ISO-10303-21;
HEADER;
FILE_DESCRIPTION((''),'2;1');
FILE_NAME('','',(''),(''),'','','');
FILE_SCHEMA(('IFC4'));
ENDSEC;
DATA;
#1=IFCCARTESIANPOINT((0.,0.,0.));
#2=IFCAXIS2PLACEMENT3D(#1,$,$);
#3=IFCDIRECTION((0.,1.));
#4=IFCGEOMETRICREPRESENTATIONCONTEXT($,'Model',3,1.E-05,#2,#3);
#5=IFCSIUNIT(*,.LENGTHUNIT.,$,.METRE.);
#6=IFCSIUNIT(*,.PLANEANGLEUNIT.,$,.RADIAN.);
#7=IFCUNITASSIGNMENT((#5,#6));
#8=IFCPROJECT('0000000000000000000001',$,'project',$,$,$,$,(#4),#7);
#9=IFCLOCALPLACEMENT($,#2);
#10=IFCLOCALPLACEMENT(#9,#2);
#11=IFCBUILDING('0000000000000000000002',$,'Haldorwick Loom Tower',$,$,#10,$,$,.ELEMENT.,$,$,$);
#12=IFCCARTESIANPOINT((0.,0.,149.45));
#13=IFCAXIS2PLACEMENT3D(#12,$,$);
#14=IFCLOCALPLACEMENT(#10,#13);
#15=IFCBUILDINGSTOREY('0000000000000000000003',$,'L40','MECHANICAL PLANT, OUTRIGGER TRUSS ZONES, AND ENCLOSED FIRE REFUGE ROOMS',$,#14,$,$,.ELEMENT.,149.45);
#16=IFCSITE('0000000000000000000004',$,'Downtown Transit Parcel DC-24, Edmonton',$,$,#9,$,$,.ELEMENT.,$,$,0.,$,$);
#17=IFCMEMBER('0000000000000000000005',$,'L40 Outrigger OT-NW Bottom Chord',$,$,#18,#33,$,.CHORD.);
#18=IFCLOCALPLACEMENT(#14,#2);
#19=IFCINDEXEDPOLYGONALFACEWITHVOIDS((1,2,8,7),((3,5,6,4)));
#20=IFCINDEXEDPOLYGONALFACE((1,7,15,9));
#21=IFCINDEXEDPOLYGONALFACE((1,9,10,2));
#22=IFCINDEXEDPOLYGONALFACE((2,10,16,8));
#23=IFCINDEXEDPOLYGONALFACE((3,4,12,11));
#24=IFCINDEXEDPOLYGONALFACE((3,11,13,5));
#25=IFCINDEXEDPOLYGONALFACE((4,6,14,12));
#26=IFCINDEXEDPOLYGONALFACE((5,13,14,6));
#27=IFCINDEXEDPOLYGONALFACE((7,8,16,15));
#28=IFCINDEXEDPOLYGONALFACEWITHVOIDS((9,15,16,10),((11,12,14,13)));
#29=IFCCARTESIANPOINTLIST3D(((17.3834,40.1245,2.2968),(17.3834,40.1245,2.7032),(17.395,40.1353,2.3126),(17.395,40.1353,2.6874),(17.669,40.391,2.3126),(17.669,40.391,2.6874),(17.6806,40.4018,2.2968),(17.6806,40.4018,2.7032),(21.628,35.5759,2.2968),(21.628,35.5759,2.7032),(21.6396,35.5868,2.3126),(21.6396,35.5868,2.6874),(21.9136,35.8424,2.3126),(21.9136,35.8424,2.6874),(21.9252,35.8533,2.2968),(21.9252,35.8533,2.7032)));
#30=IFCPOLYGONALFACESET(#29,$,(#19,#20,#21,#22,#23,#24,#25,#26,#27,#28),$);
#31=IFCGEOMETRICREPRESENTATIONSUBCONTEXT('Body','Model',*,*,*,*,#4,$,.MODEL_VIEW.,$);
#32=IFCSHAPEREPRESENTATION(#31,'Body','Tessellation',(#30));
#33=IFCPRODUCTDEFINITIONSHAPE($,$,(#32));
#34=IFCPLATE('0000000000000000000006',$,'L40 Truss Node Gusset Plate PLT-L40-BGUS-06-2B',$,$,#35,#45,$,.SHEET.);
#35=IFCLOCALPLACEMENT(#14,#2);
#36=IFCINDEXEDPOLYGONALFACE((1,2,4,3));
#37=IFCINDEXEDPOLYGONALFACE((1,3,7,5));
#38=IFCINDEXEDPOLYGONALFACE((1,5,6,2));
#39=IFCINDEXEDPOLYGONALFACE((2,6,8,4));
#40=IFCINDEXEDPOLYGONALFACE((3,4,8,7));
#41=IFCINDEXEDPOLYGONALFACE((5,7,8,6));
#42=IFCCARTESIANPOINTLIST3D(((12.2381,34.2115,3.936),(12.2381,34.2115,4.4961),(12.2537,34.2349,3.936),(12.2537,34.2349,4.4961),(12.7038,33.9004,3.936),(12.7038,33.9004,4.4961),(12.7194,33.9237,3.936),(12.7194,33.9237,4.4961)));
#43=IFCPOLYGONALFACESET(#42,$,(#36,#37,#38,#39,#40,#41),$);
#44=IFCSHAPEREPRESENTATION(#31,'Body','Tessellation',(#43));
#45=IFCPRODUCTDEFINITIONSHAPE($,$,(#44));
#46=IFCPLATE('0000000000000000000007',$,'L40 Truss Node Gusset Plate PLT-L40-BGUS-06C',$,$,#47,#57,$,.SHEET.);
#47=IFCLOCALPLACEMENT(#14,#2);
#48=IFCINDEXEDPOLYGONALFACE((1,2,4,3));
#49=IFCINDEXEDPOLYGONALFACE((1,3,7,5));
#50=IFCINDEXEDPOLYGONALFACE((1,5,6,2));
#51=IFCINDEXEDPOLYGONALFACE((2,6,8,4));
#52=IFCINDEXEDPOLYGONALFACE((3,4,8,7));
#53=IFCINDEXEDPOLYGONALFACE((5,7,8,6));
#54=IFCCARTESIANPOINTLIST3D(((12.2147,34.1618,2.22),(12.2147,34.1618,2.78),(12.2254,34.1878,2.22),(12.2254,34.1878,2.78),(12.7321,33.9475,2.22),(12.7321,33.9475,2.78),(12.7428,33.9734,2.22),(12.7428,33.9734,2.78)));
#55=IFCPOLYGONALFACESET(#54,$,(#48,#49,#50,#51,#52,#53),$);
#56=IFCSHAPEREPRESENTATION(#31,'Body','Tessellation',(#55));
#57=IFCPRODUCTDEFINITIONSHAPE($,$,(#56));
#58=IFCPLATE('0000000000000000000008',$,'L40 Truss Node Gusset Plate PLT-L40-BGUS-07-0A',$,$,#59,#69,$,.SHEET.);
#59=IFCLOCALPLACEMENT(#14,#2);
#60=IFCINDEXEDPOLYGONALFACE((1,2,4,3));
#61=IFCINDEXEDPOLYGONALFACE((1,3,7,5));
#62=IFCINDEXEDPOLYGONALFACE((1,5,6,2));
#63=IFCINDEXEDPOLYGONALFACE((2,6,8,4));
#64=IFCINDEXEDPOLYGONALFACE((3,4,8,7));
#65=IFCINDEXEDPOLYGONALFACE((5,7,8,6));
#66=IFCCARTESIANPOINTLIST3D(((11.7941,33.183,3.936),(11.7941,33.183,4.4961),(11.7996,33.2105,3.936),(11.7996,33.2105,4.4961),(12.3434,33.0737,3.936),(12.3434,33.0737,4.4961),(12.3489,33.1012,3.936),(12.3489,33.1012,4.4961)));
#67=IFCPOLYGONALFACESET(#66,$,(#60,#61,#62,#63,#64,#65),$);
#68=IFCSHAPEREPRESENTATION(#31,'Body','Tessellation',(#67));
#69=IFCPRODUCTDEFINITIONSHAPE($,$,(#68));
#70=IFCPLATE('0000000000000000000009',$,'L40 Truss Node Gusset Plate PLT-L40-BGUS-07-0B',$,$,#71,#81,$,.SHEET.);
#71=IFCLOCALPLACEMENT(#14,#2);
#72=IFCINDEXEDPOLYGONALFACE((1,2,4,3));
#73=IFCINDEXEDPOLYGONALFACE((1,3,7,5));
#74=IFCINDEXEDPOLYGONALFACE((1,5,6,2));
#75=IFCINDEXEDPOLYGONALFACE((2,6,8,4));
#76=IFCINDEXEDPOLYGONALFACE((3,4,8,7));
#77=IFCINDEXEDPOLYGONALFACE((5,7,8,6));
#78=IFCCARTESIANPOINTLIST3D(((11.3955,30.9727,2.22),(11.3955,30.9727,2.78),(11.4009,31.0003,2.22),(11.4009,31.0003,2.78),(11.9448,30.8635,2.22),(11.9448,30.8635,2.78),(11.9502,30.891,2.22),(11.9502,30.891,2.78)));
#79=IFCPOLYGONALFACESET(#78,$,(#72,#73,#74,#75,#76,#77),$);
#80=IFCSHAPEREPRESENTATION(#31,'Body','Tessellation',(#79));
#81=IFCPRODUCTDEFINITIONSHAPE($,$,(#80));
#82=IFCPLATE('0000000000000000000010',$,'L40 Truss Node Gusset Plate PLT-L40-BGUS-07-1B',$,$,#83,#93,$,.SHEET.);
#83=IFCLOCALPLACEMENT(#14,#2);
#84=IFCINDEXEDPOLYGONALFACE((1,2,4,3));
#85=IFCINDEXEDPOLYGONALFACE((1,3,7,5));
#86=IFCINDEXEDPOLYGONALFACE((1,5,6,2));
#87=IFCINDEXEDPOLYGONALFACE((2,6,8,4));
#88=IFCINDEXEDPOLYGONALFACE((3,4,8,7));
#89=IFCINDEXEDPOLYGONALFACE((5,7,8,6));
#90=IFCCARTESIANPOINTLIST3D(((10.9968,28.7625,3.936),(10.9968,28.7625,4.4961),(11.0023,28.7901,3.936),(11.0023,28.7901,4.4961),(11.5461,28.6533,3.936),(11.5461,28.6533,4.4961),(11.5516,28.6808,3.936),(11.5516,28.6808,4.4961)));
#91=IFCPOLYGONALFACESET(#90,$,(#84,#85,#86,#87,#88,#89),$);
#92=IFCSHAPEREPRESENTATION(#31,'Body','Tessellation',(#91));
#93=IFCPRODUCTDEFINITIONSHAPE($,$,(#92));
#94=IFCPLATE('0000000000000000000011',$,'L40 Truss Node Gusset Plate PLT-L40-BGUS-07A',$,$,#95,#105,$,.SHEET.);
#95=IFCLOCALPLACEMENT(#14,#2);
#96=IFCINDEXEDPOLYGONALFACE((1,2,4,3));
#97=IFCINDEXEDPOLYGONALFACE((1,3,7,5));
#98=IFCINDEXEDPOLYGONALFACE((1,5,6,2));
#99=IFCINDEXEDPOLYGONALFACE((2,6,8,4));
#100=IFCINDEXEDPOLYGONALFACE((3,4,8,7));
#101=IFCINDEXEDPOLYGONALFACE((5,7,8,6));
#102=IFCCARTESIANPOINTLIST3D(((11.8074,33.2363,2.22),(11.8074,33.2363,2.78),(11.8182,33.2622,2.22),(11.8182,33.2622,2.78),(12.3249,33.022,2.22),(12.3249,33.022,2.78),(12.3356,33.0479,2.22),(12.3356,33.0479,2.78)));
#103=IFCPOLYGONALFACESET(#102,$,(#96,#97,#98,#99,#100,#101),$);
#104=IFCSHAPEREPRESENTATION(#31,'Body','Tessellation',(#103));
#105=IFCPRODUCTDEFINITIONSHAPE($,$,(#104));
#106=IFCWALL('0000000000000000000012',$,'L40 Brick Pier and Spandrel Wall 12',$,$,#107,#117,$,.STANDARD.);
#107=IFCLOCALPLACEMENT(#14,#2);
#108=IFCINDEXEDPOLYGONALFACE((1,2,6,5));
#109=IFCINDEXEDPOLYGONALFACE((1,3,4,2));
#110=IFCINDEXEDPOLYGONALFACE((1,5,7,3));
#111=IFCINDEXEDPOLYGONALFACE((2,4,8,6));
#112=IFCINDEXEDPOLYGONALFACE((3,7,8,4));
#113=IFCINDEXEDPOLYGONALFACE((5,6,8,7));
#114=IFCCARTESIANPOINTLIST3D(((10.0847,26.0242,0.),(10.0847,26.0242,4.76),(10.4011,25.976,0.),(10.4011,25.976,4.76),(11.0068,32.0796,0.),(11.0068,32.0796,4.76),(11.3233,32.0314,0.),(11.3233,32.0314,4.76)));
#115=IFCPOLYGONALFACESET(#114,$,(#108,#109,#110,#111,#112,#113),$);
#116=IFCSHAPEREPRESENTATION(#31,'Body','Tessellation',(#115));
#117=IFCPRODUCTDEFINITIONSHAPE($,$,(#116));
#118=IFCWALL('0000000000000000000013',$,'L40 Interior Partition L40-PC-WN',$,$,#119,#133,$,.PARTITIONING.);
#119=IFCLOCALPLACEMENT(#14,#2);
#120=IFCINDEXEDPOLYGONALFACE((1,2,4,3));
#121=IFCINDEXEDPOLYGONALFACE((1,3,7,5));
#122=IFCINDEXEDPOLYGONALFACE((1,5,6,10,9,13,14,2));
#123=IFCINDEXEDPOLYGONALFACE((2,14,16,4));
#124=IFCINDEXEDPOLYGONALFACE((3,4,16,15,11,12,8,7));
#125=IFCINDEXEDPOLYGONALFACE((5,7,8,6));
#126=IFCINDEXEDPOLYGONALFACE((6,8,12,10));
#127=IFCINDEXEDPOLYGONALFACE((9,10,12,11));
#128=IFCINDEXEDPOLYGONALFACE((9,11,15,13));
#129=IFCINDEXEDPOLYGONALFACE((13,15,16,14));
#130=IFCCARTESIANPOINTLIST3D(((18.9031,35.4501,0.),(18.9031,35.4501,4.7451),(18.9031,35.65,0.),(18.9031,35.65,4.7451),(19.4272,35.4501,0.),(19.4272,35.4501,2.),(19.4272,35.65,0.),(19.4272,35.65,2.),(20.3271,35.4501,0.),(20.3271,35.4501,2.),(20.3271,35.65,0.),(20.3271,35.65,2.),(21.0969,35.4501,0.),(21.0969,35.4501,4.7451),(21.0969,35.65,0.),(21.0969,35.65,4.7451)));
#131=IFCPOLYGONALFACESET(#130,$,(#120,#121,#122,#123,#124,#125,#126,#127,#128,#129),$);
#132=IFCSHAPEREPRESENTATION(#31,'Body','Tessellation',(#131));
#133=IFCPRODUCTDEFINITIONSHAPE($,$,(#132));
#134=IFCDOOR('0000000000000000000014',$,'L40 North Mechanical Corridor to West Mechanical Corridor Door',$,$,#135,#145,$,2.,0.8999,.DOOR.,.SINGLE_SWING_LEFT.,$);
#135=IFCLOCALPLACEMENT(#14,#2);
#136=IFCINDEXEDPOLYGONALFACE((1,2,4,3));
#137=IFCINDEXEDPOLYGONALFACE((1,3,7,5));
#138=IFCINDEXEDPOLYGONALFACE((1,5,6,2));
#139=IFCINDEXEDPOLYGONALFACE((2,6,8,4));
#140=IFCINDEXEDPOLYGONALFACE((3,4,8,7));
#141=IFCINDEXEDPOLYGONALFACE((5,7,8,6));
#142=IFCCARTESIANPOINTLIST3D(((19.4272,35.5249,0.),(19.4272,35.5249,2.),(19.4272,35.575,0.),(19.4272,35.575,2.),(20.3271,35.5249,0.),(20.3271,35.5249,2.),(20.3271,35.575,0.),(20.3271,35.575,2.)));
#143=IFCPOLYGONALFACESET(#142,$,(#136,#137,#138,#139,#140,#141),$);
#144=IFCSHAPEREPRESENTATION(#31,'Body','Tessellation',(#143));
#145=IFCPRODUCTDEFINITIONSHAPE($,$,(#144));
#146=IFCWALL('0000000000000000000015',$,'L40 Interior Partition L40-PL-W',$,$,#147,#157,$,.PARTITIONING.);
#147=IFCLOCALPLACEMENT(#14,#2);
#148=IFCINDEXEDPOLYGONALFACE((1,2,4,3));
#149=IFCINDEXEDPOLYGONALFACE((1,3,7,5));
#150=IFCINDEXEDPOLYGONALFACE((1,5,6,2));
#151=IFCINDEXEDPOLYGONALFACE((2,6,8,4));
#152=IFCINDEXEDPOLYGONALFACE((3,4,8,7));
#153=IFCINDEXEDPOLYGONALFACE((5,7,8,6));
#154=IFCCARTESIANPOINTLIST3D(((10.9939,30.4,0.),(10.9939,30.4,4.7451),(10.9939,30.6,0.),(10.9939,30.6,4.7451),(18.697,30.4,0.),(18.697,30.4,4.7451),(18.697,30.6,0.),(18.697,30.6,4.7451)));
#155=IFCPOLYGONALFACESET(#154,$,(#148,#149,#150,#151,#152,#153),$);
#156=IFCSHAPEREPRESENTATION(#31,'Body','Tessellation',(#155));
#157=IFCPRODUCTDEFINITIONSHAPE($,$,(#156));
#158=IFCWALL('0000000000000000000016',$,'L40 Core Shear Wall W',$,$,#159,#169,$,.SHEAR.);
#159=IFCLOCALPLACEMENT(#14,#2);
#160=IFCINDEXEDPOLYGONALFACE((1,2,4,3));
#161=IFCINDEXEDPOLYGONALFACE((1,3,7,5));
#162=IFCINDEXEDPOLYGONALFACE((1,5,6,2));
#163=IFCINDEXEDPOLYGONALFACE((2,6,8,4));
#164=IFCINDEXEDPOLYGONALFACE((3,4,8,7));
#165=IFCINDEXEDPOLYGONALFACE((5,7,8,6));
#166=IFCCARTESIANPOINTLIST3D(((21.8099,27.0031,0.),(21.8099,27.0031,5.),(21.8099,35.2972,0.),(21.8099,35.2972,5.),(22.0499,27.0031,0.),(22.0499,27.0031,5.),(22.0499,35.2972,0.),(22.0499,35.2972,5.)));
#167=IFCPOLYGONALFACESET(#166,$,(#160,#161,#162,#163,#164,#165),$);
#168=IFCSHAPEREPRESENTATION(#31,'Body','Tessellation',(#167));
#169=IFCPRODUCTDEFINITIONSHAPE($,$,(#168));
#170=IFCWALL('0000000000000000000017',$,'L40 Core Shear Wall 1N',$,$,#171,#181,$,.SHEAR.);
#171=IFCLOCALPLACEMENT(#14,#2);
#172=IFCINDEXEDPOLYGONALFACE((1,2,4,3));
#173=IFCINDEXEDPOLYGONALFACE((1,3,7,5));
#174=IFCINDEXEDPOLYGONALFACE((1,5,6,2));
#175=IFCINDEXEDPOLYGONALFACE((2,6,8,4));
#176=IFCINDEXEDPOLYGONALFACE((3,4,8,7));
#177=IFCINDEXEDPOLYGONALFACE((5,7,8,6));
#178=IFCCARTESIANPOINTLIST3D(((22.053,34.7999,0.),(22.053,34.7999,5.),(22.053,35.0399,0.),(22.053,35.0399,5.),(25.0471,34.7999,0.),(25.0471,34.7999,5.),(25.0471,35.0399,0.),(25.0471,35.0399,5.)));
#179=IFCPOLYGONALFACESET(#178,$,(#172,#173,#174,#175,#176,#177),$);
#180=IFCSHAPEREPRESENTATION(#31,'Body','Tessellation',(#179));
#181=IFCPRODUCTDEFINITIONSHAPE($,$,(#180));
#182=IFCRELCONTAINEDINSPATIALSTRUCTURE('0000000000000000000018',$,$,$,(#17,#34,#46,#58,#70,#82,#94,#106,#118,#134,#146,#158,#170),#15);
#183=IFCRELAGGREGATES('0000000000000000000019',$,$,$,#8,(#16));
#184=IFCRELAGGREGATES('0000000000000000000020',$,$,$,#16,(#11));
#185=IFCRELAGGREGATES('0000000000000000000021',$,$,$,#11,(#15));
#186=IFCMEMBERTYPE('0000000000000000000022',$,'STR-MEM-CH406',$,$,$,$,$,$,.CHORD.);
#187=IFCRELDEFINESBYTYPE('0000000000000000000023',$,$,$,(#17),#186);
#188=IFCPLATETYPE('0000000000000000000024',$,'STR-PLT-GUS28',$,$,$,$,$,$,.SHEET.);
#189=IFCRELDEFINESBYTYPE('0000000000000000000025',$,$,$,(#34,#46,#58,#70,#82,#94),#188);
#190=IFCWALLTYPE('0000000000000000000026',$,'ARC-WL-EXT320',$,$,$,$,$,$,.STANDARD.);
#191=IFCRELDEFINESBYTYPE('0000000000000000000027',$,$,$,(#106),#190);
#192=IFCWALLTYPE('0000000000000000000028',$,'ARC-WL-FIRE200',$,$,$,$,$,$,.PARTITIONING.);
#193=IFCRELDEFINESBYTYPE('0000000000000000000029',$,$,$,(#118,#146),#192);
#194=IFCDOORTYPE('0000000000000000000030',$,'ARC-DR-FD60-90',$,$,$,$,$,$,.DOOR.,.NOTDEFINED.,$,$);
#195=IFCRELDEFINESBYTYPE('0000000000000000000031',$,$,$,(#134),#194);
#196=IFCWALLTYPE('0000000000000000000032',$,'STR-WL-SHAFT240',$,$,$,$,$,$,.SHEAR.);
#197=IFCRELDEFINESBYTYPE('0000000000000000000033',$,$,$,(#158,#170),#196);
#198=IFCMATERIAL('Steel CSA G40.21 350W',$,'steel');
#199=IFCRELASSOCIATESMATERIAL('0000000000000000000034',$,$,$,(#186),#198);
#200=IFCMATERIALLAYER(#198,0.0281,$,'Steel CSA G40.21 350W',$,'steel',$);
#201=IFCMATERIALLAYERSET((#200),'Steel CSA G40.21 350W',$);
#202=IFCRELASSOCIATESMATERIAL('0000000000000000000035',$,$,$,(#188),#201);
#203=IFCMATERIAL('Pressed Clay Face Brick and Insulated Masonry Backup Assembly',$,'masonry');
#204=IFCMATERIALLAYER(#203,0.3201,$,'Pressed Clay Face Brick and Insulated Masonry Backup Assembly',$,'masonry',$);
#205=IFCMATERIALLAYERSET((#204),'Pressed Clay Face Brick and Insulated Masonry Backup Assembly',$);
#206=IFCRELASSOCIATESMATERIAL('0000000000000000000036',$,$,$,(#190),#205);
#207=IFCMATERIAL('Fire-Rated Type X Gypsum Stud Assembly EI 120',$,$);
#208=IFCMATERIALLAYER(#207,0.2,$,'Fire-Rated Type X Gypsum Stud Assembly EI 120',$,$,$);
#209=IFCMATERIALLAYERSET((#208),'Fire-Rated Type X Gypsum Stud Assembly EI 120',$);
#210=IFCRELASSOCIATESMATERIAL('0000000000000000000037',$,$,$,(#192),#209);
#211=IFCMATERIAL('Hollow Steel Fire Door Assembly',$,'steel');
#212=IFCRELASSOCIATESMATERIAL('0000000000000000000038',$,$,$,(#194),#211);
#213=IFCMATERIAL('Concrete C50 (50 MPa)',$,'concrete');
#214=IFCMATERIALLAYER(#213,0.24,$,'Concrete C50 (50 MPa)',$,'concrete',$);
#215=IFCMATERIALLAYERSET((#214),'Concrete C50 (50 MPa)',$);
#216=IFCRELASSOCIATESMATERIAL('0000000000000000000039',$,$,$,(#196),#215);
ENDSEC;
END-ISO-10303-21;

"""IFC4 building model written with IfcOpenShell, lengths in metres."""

from ifc_helpers import new_model, si_unit, direction, frame, frame_2d, origin, origin_2d, place, context, subcontext, project, spatial, rectangle, hollow_rectangle, extrude, material, layer, layer_set, material_profile, profile_set, type_object, element, fill, save


model = new_model("IFC4")

# Units and contexts
model_context = context("Model", 3, precision=1e-05, world=origin(), true_north=direction((0.0, 1.0)))
body_context = subcontext(model_context, "Body", "Model", "MODEL_VIEW")
ifc_project = project(units=[si_unit("LENGTHUNIT", "METRE"), si_unit("PLANEANGLEUNIT", "RADIAN")], contexts=[model_context])

# Site, building, storey
site_placement = place(None, origin())
site = spatial("IfcSite", under=ifc_project, at=site_placement, Name="Downtown Transit Parcel DC-24, Edmonton", CompositionType="ELEMENT", RefElevation=0.0)
building_placement = place(site_placement, origin())
building = spatial("IfcBuilding", under=site, at=building_placement, Name="Haldorwick Loom Tower", CompositionType="ELEMENT")
storey_placement = place(building_placement, frame((0.0, 0.0, 149.45)))
storey = spatial("IfcBuildingStorey", under=building, at=storey_placement, Name="L40", Description="MECHANICAL PLANT, OUTRIGGER TRUSS ZONES, AND ENCLOSED FIRE REFUGE ROOMS", CompositionType="ELEMENT", Elevation=149.45)

# Shared definitions
ifc_material_1 = material(Name="Steel CSA G40.21 350W", Category="steel")

# Member
ifc_material_profile_1 = material_profile(ifc_material_1, hollow_rectangle(XDim=0.4065, YDim=0.4065, WallThickness=0.0159, at=origin_2d()), Name="HSS406X406X16", Category="steel")
ifc_profile_set_1 = profile_set([ifc_material_profile_1], Name="Steel CSA G40.21 350W")
member_type_1 = type_object("IfcMemberType", Name="STR-MEM-CH406", PredefinedType="CHORD", material=ifc_profile_set_1)
member_1_placement = place(storey_placement, frame((21.7766, 35.7146, 2.5), z_axis=(-0.682257, 0.731113, 0.0), x_axis=(-0.731113, -0.682257, 0.0)))
element("IfcMember", 1, at=member_1_placement, inside=storey, type_object=member_type_1, Name="L40 Outrigger OT-NW Bottom Chord", PredefinedType="CHORD", context=body_context, shape_type="SweptSolid", body=[
    extrude(hollow_rectangle(XDim=0.4065, YDim=0.4065, WallThickness=0.0159, at=origin_2d()), origin(), (0.0, 0.0, 1.0), 6.2214),
])

# Plates
ifc_layer_1 = layer(ifc_material_1, 0.0281, Name="Steel CSA G40.21 350W", Category="steel")
ifc_layer_set_1 = layer_set([ifc_layer_1], Name="Steel CSA G40.21 350W")
plate_type = type_object("IfcPlateType", Name="STR-PLT-GUS28", PredefinedType="SHEET", material=ifc_layer_set_1)
for number, where, z_axis, x_axis, name in (
    (2, (12.4788, 34.0676, 3.936), (0.0, 0.0, 1.0), (-0.83147, 0.55557, 0.0), "L40 Truss Node Gusset Plate PLT-L40-BGUS-06-2B"),
    (3, (12.4788, 34.0676, 2.22), (0.0, 0.0, 1.0), (-0.92388, 0.382683, 0.0), "L40 Truss Node Gusset Plate PLT-L40-BGUS-06C"),
    (4, (12.0715, 33.1421, 3.936), (0.0, 0.0, 1.0), (-0.980785, 0.19509, 0.0), "L40 Truss Node Gusset Plate PLT-L40-BGUS-07-0A"),
    (5, (11.6729, 30.9319, 2.22), (0.0, 0.0, 1.0), (-0.980785, 0.19509, 0.0), "L40 Truss Node Gusset Plate PLT-L40-BGUS-07-0B"),
    (6, (11.2742, 28.7217, 3.936), (0.0, 0.0, 1.0), (-0.980785, 0.19509, 0.0), "L40 Truss Node Gusset Plate PLT-L40-BGUS-07-1B"),
    (7, (12.0715, 33.1421, 2.22), (0.0, 0.0, 1.0), (-0.92388, 0.382683, 0.0), "L40 Truss Node Gusset Plate PLT-L40-BGUS-07A"),
):
    element("IfcPlate", number, at=place(storey_placement, frame(where, z_axis=z_axis, x_axis=x_axis)), inside=storey, type_object=plate_type, Name=name, PredefinedType="SHEET", context=body_context, shape_type="SweptSolid", body=[
        extrude(rectangle(XDim=0.5601, YDim=0.0281, at=origin_2d()), origin(), (0.0, 0.0, 1.0), 0.5601),
    ])

# Wall
ifc_material_2 = material(Name="Pressed Clay Face Brick and Insulated Masonry Backup Assembly", Category="masonry")
ifc_layer_2 = layer(ifc_material_2, 0.3201, Name="Pressed Clay Face Brick and Insulated Masonry Backup Assembly", Category="masonry")
ifc_layer_set_2 = layer_set([ifc_layer_2], Name="Pressed Clay Face Brick and Insulated Masonry Backup Assembly")
wall_type_1 = type_object("IfcWallType", Name="ARC-WL-EXT320", PredefinedType="STANDARD", material=ifc_layer_set_2)
wall_1_placement = place(storey_placement, frame((11.165, 32.0554, 0.0), z_axis=(0.0, 0.0, 1.0), x_axis=(-0.150544, -0.988603, 0.0)))
element("IfcWall", 8, at=wall_1_placement, inside=storey, type_object=wall_type_1, Name="L40 Brick Pier and Spandrel Wall 12", PredefinedType="STANDARD", context=body_context, shape_type="SweptSolid", body=[
    extrude(rectangle(XDim=6.1252, YDim=0.3201, at=frame_2d((3.0625, 0.0))), origin(), (0.0, 0.0, 1.0), 4.76),
])

# Wall, opening, door
ifc_material_3 = material(Name="Fire-Rated Type X Gypsum Stud Assembly EI 120")
ifc_layer_3 = layer(ifc_material_3, 0.2, Name="Fire-Rated Type X Gypsum Stud Assembly EI 120")
ifc_layer_set_3 = layer_set([ifc_layer_3], Name="Fire-Rated Type X Gypsum Stud Assembly EI 120")
wall_type_2 = type_object("IfcWallType", Name="ARC-WL-FIRE200", PredefinedType="PARTITIONING", material=ifc_layer_set_3)
wall_2_placement = place(storey_placement, frame((18.9031, 35.55, 0.0), z_axis=(0.0, 0.0, 1.0), x_axis=(1.0, 0.0, 0.0)))
wall_2 = element("IfcWall", 9, at=wall_2_placement, inside=storey, type_object=wall_type_2, Name="L40 Interior Partition L40-PC-WN", PredefinedType="PARTITIONING", context=body_context, shape_type="SweptSolid", body=[
    extrude(rectangle(XDim=2.1938, YDim=0.2, at=frame_2d((1.0969, 0.0))), origin(), (0.0, 0.0, 1.0), 4.7451),
])
opening_placement = place(wall_2_placement, frame((0.5242, 0.0, 0.0)))
opening = element("IfcOpeningElement", 10, at=opening_placement, cuts=wall_2, PredefinedType="OPENING", context=body_context, shape_type="SweptSolid", body=[
    extrude(rectangle(XDim=0.8999, YDim=2.0, at=frame_2d((0.45, 1.0))), frame((0.0, 0.1099, 0.0), z_axis=(0.0, -1.0, 0.0), x_axis=(1.0, 0.0, 0.0)), (0.0, 0.0, 1.0), 0.22),
])
ifc_material_4 = material(Name="Hollow Steel Fire Door Assembly", Category="steel")
door_type = type_object("IfcDoorType", Name="ARC-DR-FD60-90", OperationType="NOTDEFINED", PredefinedType="DOOR", material=ifc_material_4)
door_placement = place(opening_placement, origin())
door = element("IfcDoor", 11, at=door_placement, inside=storey, type_object=door_type, Name="L40 North Mechanical Corridor to West Mechanical Corridor Door", OperationType="SINGLE_SWING_LEFT", OverallHeight=2.0, OverallWidth=0.8999, PredefinedType="DOOR", context=body_context, shape_type="SweptSolid", body=[
    extrude(rectangle(XDim=0.8999, YDim=2.0, at=frame_2d((0.45, 1.0))), frame((0.0, 0.0249, 0.0), z_axis=(0.0, -1.0, 0.0), x_axis=(1.0, 0.0, 0.0)), (0.0, 0.0, 1.0), 0.05),
])
fill(opening, door)

# Walls
wall_3_placement = place(storey_placement, frame((10.9939, 30.5, 0.0), z_axis=(0.0, 0.0, 1.0), x_axis=(1.0, 0.0, 0.0)))
element("IfcWall", 12, at=wall_3_placement, inside=storey, type_object=wall_type_2, Name="L40 Interior Partition L40-PL-W", PredefinedType="PARTITIONING", context=body_context, shape_type="SweptSolid", body=[
    extrude(rectangle(XDim=7.7031, YDim=0.2, at=frame_2d((3.8516, 0.0))), origin(), (0.0, 0.0, 1.0), 4.7451),
])
ifc_material_5 = material(Name="Concrete C50 (50 MPa)", Category="concrete")
ifc_layer_4 = layer(ifc_material_5, 0.24, Name="Concrete C50 (50 MPa)", Category="concrete")
ifc_layer_set_4 = layer_set([ifc_layer_4], Name="Concrete C50 (50 MPa)")
wall_type_3 = type_object("IfcWallType", Name="STR-WL-SHAFT240", PredefinedType="SHEAR", material=ifc_layer_set_4)
wall_4_placement = place(storey_placement, frame((21.9299, 35.2971, 0.0), z_axis=(0.0, 0.0, 1.0), x_axis=(0.0, -1.0, 0.0)))
element("IfcWall", 13, at=wall_4_placement, inside=storey, type_object=wall_type_3, Name="L40 Core Shear Wall W", PredefinedType="SHEAR", context=body_context, shape_type="SweptSolid", body=[
    extrude(rectangle(XDim=8.2942, YDim=0.24, at=frame_2d((4.147, 0.0))), origin(), (0.0, 0.0, 1.0), 5.0),
])
wall_5_placement = place(storey_placement, frame((22.053, 34.9199, 0.0), z_axis=(0.0, 0.0, 1.0), x_axis=(1.0, 0.0, 0.0)))
element("IfcWall", 14, at=wall_5_placement, inside=storey, type_object=wall_type_3, Name="L40 Core Shear Wall 1N", PredefinedType="SHEAR", context=body_context, shape_type="SweptSolid", body=[
    extrude(rectangle(XDim=2.9941, YDim=0.24, at=frame_2d((1.4971, 0.0))), origin(), (0.0, 0.0, 1.0), 5.0),
])

save(model, "model.ifc")
